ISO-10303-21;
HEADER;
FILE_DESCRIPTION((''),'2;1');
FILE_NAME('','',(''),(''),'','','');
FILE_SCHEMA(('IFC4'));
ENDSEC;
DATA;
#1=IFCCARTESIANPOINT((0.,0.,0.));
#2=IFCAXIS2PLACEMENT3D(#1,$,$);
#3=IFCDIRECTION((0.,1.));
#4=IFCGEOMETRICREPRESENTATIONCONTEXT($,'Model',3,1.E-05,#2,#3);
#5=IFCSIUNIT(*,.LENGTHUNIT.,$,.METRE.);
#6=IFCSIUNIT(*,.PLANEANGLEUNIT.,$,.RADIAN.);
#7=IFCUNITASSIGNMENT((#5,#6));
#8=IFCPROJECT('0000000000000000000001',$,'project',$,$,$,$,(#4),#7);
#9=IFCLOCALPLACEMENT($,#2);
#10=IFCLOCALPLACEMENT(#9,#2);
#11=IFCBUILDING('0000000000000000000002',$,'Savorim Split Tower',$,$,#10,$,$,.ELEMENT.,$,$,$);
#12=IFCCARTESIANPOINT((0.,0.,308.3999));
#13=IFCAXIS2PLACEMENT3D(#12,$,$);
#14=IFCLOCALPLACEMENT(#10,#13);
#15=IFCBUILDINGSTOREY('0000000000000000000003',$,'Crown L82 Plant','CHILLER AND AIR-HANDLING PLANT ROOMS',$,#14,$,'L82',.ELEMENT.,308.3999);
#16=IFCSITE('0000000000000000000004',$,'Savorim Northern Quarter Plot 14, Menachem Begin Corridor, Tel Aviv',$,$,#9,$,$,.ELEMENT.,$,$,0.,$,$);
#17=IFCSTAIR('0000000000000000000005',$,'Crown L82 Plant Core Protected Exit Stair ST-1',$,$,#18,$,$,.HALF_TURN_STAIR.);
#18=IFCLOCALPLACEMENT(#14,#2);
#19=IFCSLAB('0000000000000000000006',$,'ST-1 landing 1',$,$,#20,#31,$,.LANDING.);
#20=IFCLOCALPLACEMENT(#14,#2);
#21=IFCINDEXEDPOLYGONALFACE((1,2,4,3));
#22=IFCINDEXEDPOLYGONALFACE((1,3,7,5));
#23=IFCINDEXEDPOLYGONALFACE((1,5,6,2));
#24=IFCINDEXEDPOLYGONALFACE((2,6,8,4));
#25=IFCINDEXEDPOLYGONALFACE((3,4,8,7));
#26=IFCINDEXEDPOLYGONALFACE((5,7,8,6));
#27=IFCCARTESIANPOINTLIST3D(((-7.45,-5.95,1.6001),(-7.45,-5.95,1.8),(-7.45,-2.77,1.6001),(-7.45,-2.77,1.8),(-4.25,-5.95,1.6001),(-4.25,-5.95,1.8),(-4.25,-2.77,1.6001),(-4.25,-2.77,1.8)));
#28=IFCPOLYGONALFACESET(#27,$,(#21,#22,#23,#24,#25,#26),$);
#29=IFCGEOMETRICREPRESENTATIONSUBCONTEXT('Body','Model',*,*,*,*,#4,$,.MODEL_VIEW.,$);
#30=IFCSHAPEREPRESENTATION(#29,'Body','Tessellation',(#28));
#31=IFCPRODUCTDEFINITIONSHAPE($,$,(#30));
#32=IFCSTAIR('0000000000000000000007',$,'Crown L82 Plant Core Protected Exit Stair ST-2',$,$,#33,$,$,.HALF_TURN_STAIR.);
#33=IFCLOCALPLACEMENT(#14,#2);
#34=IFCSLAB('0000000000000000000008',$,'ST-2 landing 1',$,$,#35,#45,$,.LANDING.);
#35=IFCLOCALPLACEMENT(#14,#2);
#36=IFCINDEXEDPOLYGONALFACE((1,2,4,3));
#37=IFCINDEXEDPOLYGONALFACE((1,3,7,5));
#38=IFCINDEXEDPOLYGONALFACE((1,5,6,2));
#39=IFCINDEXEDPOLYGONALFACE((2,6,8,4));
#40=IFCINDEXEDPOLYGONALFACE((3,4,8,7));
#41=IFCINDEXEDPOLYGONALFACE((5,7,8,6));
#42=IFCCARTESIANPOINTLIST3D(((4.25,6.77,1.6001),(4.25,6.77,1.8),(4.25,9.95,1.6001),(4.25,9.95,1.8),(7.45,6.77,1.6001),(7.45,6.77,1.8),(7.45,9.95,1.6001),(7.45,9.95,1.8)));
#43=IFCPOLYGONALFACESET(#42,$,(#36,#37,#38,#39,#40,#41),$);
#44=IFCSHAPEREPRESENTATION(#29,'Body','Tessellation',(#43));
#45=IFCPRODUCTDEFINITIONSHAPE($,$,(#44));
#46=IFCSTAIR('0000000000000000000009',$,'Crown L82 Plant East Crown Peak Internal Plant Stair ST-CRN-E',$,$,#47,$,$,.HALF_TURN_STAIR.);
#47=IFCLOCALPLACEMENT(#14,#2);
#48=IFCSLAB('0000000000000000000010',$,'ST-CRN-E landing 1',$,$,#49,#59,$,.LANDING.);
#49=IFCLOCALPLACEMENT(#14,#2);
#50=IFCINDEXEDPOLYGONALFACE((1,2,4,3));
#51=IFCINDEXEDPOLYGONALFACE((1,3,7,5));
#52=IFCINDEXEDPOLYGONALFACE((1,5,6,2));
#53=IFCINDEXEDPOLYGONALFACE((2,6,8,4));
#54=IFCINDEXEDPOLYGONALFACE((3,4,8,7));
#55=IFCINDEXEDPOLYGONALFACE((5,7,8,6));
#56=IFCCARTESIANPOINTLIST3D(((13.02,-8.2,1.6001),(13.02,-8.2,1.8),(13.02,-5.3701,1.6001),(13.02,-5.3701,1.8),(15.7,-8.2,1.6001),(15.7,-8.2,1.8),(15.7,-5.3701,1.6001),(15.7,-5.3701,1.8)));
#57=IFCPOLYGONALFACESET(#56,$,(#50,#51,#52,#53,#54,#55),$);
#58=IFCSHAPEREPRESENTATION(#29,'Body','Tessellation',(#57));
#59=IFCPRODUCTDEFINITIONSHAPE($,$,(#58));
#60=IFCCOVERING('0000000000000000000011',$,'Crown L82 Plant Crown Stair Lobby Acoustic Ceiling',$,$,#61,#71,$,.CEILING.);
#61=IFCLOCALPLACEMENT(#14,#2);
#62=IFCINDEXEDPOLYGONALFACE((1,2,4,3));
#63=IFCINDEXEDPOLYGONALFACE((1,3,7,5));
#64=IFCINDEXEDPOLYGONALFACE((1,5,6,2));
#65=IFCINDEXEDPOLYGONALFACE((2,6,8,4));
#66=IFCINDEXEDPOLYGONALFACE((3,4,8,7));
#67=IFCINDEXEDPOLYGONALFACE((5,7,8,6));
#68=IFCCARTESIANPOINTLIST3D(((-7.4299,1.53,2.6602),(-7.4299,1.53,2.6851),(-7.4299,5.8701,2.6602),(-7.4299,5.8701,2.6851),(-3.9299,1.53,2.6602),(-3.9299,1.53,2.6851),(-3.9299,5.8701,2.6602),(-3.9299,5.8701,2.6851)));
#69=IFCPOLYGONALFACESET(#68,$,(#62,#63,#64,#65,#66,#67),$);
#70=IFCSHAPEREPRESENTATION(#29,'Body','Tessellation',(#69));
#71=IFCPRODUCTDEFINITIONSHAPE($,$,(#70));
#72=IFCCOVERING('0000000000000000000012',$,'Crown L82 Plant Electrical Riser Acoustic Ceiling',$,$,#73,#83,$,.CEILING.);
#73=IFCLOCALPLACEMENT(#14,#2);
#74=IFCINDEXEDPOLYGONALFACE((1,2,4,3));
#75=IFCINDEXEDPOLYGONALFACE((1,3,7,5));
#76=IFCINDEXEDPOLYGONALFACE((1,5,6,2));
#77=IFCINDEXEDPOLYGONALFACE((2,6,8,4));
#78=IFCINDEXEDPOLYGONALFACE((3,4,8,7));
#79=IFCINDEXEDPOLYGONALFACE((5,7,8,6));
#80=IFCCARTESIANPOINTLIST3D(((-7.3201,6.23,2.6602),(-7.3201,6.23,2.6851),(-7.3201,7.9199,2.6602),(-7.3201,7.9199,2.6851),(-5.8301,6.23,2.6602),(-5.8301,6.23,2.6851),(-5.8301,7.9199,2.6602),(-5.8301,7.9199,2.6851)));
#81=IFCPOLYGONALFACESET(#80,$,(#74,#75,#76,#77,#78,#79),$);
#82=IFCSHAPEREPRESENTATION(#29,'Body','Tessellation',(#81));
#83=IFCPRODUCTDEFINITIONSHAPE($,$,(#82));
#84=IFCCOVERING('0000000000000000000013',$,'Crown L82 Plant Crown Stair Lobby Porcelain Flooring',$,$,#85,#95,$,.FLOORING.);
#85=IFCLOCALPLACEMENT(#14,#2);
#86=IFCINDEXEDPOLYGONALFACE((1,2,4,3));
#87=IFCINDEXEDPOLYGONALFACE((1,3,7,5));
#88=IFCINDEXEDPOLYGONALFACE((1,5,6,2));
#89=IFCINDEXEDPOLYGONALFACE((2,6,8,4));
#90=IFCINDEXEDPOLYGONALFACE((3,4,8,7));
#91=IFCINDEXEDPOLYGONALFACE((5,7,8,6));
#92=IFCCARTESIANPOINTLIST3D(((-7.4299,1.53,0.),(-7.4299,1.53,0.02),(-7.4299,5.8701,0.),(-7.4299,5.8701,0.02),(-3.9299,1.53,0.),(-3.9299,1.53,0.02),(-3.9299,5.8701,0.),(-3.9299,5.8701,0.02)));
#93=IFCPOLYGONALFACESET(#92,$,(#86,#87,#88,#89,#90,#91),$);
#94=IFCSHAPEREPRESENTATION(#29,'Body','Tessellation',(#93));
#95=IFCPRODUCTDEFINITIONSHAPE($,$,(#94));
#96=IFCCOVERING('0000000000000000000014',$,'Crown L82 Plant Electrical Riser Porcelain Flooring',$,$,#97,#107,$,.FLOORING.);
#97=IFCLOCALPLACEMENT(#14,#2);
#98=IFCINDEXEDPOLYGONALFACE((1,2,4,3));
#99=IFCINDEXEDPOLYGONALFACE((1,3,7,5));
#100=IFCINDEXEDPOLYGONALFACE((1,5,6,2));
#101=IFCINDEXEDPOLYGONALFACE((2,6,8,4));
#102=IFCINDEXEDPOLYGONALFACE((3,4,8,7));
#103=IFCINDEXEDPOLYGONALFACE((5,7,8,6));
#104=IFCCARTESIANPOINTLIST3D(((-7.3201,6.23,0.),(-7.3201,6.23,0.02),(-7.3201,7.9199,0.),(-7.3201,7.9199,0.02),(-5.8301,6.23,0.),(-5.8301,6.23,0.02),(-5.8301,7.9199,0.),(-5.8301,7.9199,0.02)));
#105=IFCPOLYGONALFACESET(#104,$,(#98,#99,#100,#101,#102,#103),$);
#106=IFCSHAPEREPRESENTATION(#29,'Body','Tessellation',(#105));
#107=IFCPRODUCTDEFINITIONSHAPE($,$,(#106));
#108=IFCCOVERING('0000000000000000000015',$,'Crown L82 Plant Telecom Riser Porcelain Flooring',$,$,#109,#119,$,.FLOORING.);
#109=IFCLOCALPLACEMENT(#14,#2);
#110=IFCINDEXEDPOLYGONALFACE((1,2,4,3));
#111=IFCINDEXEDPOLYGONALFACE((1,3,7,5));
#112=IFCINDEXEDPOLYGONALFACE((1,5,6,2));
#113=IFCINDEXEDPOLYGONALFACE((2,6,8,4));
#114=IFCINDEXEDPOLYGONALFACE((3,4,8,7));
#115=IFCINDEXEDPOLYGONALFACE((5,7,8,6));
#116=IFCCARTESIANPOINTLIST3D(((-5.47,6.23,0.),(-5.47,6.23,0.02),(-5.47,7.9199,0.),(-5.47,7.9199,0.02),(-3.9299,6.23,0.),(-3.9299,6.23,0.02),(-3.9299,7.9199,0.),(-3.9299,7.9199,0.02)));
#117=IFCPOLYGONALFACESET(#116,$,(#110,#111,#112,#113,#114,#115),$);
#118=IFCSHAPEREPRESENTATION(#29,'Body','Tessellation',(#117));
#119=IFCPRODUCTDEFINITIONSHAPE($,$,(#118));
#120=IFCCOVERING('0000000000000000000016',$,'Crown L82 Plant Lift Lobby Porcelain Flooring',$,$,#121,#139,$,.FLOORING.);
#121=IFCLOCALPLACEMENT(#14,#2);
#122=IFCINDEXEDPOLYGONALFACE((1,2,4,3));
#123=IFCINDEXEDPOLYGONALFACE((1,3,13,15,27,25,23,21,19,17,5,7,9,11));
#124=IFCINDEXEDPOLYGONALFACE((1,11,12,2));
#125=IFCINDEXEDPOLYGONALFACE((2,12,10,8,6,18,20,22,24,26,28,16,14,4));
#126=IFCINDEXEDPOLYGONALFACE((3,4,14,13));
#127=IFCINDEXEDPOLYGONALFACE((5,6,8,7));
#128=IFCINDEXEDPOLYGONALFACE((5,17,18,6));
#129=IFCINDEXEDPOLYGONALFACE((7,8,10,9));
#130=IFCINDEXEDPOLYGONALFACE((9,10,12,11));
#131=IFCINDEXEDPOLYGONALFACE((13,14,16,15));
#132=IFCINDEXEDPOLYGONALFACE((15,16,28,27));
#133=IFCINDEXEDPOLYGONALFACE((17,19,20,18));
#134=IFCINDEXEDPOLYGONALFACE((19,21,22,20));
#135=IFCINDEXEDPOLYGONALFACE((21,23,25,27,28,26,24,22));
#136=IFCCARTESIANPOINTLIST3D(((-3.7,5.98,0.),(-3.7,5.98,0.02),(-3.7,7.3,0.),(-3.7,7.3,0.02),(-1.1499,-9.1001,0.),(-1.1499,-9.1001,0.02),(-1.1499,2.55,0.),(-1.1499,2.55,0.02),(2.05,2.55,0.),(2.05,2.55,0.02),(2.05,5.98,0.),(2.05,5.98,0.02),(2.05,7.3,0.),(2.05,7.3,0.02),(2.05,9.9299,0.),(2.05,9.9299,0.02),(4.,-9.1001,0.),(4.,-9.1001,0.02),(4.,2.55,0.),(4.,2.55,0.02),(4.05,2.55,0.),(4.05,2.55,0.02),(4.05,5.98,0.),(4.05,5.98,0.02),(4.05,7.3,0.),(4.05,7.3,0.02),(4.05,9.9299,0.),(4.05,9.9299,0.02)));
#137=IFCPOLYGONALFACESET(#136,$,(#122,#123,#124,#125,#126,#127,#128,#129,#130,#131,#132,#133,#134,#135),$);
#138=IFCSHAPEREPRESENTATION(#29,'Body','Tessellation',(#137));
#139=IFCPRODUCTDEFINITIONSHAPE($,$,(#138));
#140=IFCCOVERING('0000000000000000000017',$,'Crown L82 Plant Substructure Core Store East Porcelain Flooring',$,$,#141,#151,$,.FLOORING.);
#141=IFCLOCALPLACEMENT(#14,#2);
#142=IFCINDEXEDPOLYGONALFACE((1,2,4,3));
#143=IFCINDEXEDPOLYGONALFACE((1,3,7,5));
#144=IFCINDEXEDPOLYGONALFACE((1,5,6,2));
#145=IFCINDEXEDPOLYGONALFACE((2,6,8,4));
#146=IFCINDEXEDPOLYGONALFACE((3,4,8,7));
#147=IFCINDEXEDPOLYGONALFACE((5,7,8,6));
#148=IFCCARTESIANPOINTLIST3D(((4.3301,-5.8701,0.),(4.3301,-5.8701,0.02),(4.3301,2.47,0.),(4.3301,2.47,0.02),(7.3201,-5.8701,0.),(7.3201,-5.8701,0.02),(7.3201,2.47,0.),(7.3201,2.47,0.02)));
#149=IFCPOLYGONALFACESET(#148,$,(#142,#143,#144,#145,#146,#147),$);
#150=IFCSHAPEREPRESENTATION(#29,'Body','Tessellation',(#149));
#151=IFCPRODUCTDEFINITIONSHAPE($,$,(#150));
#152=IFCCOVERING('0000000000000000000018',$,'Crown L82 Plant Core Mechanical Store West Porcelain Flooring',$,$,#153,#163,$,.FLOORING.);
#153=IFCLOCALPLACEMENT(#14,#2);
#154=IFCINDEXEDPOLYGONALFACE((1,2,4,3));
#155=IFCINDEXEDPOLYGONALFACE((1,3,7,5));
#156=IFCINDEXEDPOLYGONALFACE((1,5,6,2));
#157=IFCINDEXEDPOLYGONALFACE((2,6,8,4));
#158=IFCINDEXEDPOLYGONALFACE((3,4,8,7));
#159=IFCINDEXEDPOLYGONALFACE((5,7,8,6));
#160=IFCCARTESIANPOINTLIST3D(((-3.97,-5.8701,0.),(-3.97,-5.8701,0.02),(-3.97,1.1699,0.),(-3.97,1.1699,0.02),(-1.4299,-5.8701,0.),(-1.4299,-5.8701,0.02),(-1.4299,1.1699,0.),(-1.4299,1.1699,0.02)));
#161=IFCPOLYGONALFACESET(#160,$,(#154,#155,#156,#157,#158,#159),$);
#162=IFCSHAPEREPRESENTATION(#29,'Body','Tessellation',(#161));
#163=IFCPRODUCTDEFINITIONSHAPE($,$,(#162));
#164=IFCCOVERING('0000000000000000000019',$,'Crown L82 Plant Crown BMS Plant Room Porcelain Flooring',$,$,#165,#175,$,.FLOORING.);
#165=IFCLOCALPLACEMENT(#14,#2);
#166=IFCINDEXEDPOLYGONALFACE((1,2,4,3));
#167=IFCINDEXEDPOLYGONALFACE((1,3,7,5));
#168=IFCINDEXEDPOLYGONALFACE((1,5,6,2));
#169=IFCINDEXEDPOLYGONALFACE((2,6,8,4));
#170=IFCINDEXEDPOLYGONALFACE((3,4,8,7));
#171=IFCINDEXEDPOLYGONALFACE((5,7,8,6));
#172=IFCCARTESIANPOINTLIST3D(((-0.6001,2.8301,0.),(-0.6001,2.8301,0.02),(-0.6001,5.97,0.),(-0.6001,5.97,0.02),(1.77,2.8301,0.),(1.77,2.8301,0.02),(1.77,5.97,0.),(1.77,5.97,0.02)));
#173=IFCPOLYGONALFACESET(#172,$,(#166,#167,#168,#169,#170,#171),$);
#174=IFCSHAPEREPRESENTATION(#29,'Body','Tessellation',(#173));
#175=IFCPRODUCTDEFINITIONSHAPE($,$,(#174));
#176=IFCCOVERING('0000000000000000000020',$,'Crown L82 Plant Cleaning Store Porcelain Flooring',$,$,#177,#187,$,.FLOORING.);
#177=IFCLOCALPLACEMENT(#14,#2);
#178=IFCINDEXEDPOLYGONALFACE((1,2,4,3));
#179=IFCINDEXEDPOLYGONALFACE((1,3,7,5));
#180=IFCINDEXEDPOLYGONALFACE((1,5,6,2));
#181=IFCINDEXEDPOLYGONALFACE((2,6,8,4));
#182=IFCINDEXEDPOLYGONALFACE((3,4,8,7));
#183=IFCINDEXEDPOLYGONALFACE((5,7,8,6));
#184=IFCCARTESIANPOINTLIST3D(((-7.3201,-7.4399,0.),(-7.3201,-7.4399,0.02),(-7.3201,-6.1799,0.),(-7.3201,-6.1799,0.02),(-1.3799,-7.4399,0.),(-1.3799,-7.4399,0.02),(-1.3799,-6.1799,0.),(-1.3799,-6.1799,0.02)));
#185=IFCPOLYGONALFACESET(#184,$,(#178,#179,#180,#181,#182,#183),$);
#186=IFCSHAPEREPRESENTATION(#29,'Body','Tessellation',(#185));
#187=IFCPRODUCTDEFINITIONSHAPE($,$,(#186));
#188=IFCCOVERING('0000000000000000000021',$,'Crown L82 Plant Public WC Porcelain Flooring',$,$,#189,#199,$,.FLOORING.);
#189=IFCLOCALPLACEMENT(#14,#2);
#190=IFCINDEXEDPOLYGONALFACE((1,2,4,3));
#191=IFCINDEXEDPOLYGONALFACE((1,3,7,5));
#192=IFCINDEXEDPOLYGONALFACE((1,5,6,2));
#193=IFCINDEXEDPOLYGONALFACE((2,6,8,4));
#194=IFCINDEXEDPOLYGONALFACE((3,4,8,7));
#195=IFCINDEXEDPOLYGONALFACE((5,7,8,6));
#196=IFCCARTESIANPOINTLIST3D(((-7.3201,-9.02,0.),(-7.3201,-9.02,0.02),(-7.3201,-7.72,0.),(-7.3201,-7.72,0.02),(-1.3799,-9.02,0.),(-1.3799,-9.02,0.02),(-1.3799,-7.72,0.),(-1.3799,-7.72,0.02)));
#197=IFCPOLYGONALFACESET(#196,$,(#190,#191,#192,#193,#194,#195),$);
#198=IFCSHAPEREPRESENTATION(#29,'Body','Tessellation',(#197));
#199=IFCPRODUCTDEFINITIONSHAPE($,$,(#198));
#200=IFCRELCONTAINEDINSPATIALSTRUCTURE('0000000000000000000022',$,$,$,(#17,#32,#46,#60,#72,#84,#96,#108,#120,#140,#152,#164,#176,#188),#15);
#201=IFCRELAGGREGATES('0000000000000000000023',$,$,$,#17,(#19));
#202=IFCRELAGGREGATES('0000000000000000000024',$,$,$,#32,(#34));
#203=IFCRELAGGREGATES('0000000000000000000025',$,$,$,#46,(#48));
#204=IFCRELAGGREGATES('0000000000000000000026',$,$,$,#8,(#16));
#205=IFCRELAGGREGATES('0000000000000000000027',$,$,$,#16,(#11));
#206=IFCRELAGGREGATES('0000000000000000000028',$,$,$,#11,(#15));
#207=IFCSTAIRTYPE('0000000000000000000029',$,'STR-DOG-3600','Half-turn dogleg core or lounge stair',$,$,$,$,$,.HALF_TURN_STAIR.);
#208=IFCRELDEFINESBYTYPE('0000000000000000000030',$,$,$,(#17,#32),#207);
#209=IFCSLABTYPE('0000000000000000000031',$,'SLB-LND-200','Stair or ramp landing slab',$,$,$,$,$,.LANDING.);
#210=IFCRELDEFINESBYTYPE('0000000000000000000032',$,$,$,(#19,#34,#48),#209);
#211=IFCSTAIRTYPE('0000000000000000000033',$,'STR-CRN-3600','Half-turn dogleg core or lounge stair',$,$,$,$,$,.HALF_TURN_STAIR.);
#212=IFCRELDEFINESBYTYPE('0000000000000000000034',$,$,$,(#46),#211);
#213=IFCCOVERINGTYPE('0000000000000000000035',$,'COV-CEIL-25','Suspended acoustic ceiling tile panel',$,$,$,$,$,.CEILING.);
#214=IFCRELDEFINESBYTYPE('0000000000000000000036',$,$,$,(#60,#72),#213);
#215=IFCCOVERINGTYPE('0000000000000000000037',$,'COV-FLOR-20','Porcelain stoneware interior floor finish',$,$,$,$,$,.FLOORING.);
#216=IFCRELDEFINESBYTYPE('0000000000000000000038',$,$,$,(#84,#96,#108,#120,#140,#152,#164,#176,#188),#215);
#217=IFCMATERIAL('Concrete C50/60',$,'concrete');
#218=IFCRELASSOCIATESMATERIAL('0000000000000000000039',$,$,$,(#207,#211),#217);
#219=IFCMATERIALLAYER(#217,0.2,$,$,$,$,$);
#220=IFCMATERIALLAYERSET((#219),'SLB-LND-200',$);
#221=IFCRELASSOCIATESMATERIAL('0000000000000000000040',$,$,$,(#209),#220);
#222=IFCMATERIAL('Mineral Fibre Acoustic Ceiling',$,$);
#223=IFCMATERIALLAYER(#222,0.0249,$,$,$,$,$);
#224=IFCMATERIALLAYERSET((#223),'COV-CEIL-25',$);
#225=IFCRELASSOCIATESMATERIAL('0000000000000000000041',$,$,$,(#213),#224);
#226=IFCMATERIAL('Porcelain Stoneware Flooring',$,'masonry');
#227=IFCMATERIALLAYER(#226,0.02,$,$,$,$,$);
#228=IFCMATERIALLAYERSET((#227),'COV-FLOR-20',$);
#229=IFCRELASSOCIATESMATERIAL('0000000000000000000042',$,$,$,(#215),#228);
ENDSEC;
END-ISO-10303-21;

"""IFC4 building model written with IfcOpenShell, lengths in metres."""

from ifc_helpers import new_model, si_unit, direction, frame, origin, place, context, subcontext, project, spatial, polyline, outline, extrude, material, layer, layer_set, type_object, element, aggregate, save


model = new_model("IFC4")

# Units and contexts
model_context = context("Model", 3, precision=1e-05, world=origin(), true_north=direction((0.0, 1.0)))
body_context = subcontext(model_context, "Body", "Model", "MODEL_VIEW")
ifc_project = project(units=[si_unit("LENGTHUNIT", "METRE"), si_unit("PLANEANGLEUNIT", "RADIAN")], contexts=[model_context])

# Site, building, storey
site_placement = place(None, origin())
site = spatial("IfcSite", under=ifc_project, at=site_placement, Name="Savorim Northern Quarter Plot 14, Menachem Begin Corridor, Tel Aviv", CompositionType="ELEMENT", RefElevation=0.0)
building_placement = place(site_placement, origin())
building = spatial("IfcBuilding", under=site, at=building_placement, Name="Savorim Split Tower", CompositionType="ELEMENT")
storey_placement = place(building_placement, frame((0.0, 0.0, 308.3999)))
storey = spatial("IfcBuildingStorey", under=building, at=storey_placement, Name="Crown L82 Plant", Description="CHILLER AND AIR-HANDLING PLANT ROOMS", LongName="L82", CompositionType="ELEMENT", Elevation=308.3999)

# Stairs, slabs
ifc_material_1 = material(Name="Concrete C50/60", Category="concrete")
stair_type_1 = type_object("IfcStairType", Name="STR-DOG-3600", Description="Half-turn dogleg core or lounge stair", PredefinedType="HALF_TURN_STAIR", material=ifc_material_1)
stair_1_placement = place(storey_placement, origin())
stair_1 = element("IfcStair", 1, at=stair_1_placement, inside=storey, type_object=stair_type_1, Name="Crown L82 Plant Core Protected Exit Stair ST-1", PredefinedType="HALF_TURN_STAIR")
ifc_layer_1 = layer(ifc_material_1, 0.2)
ifc_layer_set_1 = layer_set([ifc_layer_1], Name="SLB-LND-200")
slab_type = type_object("IfcSlabType", Name="SLB-LND-200", Description="Stair or ramp landing slab", PredefinedType="LANDING", material=ifc_layer_set_1)
slab_1_placement = place(storey_placement, frame((0.0, 0.0, 1.6001)))
slab_1 = element("IfcSlab", 2, at=slab_1_placement, type_object=slab_type, Name="ST-1 landing 1", PredefinedType="LANDING", context=body_context, shape_type="SweptSolid", body=[
    extrude(outline(polyline([(-7.45, -2.77), (-7.45, -5.95), (-4.25, -5.95), (-4.25, -2.77), (-7.45, -2.77)])), origin(), (0.0, 0.0, 1.0), 0.2),
])
aggregate(stair_1, [slab_1])
stair_2_placement = place(storey_placement, origin())
stair_2 = element("IfcStair", 3, at=stair_2_placement, inside=storey, type_object=stair_type_1, Name="Crown L82 Plant Core Protected Exit Stair ST-2", PredefinedType="HALF_TURN_STAIR")
slab_2_placement = place(storey_placement, frame((0.0, 0.0, 1.6001)))
slab_2 = element("IfcSlab", 4, at=slab_2_placement, type_object=slab_type, Name="ST-2 landing 1", PredefinedType="LANDING", context=body_context, shape_type="SweptSolid", body=[
    extrude(outline(polyline([(7.45, 6.77), (7.45, 9.95), (4.25, 9.95), (4.25, 6.77), (7.45, 6.77)])), origin(), (0.0, 0.0, 1.0), 0.2),
])
aggregate(stair_2, [slab_2])
stair_type_2 = type_object("IfcStairType", Name="STR-CRN-3600", Description="Half-turn dogleg core or lounge stair", PredefinedType="HALF_TURN_STAIR", material=ifc_material_1)
stair_3_placement = place(storey_placement, origin())
stair_3 = element("IfcStair", 5, at=stair_3_placement, inside=storey, type_object=stair_type_2, Name="Crown L82 Plant East Crown Peak Internal Plant Stair ST-CRN-E", PredefinedType="HALF_TURN_STAIR")
slab_3_placement = place(storey_placement, frame((0.0, 0.0, 1.6001)))
slab_3 = element("IfcSlab", 6, at=slab_3_placement, type_object=slab_type, Name="ST-CRN-E landing 1", PredefinedType="LANDING", context=body_context, shape_type="SweptSolid", body=[
    extrude(outline(polyline([(13.02, -5.3701), (13.02, -8.2), (15.7, -8.2), (15.7, -5.3701), (13.02, -5.3701)])), origin(), (0.0, 0.0, 1.0), 0.2),
])
aggregate(stair_3, [slab_3])

# Coverings
ifc_material_2 = material(Name="Mineral Fibre Acoustic Ceiling")
ifc_layer_2 = layer(ifc_material_2, 0.0249)
ifc_layer_set_2 = layer_set([ifc_layer_2], Name="COV-CEIL-25")
covering_type_1 = type_object("IfcCoveringType", Name="COV-CEIL-25", Description="Suspended acoustic ceiling tile panel", PredefinedType="CEILING", material=ifc_layer_set_2)
covering_1_placement = place(storey_placement, frame((0.0, 0.0, 2.6602)))
element("IfcCovering", 7, at=covering_1_placement, inside=storey, type_object=covering_type_1, Name="Crown L82 Plant Crown Stair Lobby Acoustic Ceiling", PredefinedType="CEILING", context=body_context, shape_type="SweptSolid", body=[
    extrude(outline(polyline([(-7.4299, 5.8701), (-7.4299, 1.53), (-3.9299, 1.53), (-3.9299, 5.8701), (-7.4299, 5.8701)])), origin(), (0.0, 0.0, 1.0), 0.0249),
])
covering_2_placement = place(storey_placement, frame((0.0, 0.0, 2.6602)))
element("IfcCovering", 8, at=covering_2_placement, inside=storey, type_object=covering_type_1, Name="Crown L82 Plant Electrical Riser Acoustic Ceiling", PredefinedType="CEILING", context=body_context, shape_type="SweptSolid", body=[
    extrude(outline(polyline([(-7.3201, 7.9199), (-7.3201, 6.23), (-5.8301, 6.23), (-5.8301, 7.9199), (-7.3201, 7.9199)])), origin(), (0.0, 0.0, 1.0), 0.0249),
])
ifc_material_3 = material(Name="Porcelain Stoneware Flooring", Category="masonry")
ifc_layer_3 = layer(ifc_material_3, 0.02)
ifc_layer_set_3 = layer_set([ifc_layer_3], Name="COV-FLOR-20")
covering_type_2 = type_object("IfcCoveringType", Name="COV-FLOR-20", Description="Porcelain stoneware interior floor finish", PredefinedType="FLOORING", material=ifc_layer_set_3)
covering_3_placement = place(storey_placement, origin())
element("IfcCovering", 9, at=covering_3_placement, inside=storey, type_object=covering_type_2, Name="Crown L82 Plant Crown Stair Lobby Porcelain Flooring", PredefinedType="FLOORING", context=body_context, shape_type="SweptSolid", body=[
    extrude(outline(polyline([(-7.4299, 5.8701), (-7.4299, 1.53), (-3.9299, 1.53), (-3.9299, 5.8701), (-7.4299, 5.8701)])), origin(), (0.0, 0.0, 1.0), 0.02),
])
covering_4_placement = place(storey_placement, origin())
element("IfcCovering", 10, at=covering_4_placement, inside=storey, type_object=covering_type_2, Name="Crown L82 Plant Electrical Riser Porcelain Flooring", PredefinedType="FLOORING", context=body_context, shape_type="SweptSolid", body=[
    extrude(outline(polyline([(-7.3201, 7.9199), (-7.3201, 6.23), (-5.8301, 6.23), (-5.8301, 7.9199), (-7.3201, 7.9199)])), origin(), (0.0, 0.0, 1.0), 0.02),
])
covering_5_placement = place(storey_placement, origin())
element("IfcCovering", 11, at=covering_5_placement, inside=storey, type_object=covering_type_2, Name="Crown L82 Plant Telecom Riser Porcelain Flooring", PredefinedType="FLOORING", context=body_context, shape_type="SweptSolid", body=[
    extrude(outline(polyline([(-5.47, 7.9199), (-5.47, 6.23), (-3.9299, 6.23), (-3.9299, 7.9199), (-5.47, 7.9199)])), origin(), (0.0, 0.0, 1.0), 0.02),
])
covering_6_placement = place(storey_placement, origin())
element("IfcCovering", 12, at=covering_6_placement, inside=storey, type_object=covering_type_2, Name="Crown L82 Plant Lift Lobby Porcelain Flooring", PredefinedType="FLOORING", context=body_context, shape_type="SweptSolid", body=[
    extrude(outline(polyline([(2.05, 2.55), (-1.1499, 2.55), (-1.1499, -9.1001), (4.0, -9.1001), (4.0, 2.55), (4.05, 2.55), (4.05, 5.98), (4.05, 7.3), (4.05, 9.9299), (2.05, 9.9299), (2.05, 7.3), (-3.7, 7.3), (-3.7, 5.98), (2.05, 5.98), (2.05, 2.55)])), origin(), (0.0, 0.0, 1.0), 0.02),
])
covering_7_placement = place(storey_placement, origin())
element("IfcCovering", 13, at=covering_7_placement, inside=storey, type_object=covering_type_2, Name="Crown L82 Plant Substructure Core Store East Porcelain Flooring", PredefinedType="FLOORING", context=body_context, shape_type="SweptSolid", body=[
    extrude(outline(polyline([(4.3301, 2.47), (4.3301, -5.8701), (7.3201, -5.8701), (7.3201, 2.47), (4.3301, 2.47)])), origin(), (0.0, 0.0, 1.0), 0.02),
])
covering_8_placement = place(storey_placement, origin())
element("IfcCovering", 14, at=covering_8_placement, inside=storey, type_object=covering_type_2, Name="Crown L82 Plant Core Mechanical Store West Porcelain Flooring", PredefinedType="FLOORING", context=body_context, shape_type="SweptSolid", body=[
    extrude(outline(polyline([(-3.97, 1.1699), (-3.97, -5.8701), (-1.4299, -5.8701), (-1.4299, 1.1699), (-3.97, 1.1699)])), origin(), (0.0, 0.0, 1.0), 0.02),
])
covering_9_placement = place(storey_placement, origin())
element("IfcCovering", 15, at=covering_9_placement, inside=storey, type_object=covering_type_2, Name="Crown L82 Plant Crown BMS Plant Room Porcelain Flooring", PredefinedType="FLOORING", context=body_context, shape_type="SweptSolid", body=[
    extrude(outline(polyline([(1.77, 5.97), (-0.6001, 5.97), (-0.6001, 2.8301), (1.77, 2.8301), (1.77, 5.97)])), origin(), (0.0, 0.0, 1.0), 0.02),
])
covering_10_placement = place(storey_placement, origin())
element("IfcCovering", 16, at=covering_10_placement, inside=storey, type_object=covering_type_2, Name="Crown L82 Plant Cleaning Store Porcelain Flooring", PredefinedType="FLOORING", context=body_context, shape_type="SweptSolid", body=[
    extrude(outline(polyline([(-7.3201, -6.1799), (-7.3201, -7.4399), (-1.3799, -7.4399), (-1.3799, -6.1799), (-7.3201, -6.1799)])), origin(), (0.0, 0.0, 1.0), 0.02),
])
covering_11_placement = place(storey_placement, origin())
element("IfcCovering", 17, at=covering_11_placement, inside=storey, type_object=covering_type_2, Name="Crown L82 Plant Public WC Porcelain Flooring", PredefinedType="FLOORING", context=body_context, shape_type="SweptSolid", body=[
    extrude(outline(polyline([(-7.3201, -7.72), (-7.3201, -9.02), (-1.3799, -9.02), (-1.3799, -7.72), (-7.3201, -7.72)])), origin(), (0.0, 0.0, 1.0), 0.02),
])

save(model, "model.ifc")
